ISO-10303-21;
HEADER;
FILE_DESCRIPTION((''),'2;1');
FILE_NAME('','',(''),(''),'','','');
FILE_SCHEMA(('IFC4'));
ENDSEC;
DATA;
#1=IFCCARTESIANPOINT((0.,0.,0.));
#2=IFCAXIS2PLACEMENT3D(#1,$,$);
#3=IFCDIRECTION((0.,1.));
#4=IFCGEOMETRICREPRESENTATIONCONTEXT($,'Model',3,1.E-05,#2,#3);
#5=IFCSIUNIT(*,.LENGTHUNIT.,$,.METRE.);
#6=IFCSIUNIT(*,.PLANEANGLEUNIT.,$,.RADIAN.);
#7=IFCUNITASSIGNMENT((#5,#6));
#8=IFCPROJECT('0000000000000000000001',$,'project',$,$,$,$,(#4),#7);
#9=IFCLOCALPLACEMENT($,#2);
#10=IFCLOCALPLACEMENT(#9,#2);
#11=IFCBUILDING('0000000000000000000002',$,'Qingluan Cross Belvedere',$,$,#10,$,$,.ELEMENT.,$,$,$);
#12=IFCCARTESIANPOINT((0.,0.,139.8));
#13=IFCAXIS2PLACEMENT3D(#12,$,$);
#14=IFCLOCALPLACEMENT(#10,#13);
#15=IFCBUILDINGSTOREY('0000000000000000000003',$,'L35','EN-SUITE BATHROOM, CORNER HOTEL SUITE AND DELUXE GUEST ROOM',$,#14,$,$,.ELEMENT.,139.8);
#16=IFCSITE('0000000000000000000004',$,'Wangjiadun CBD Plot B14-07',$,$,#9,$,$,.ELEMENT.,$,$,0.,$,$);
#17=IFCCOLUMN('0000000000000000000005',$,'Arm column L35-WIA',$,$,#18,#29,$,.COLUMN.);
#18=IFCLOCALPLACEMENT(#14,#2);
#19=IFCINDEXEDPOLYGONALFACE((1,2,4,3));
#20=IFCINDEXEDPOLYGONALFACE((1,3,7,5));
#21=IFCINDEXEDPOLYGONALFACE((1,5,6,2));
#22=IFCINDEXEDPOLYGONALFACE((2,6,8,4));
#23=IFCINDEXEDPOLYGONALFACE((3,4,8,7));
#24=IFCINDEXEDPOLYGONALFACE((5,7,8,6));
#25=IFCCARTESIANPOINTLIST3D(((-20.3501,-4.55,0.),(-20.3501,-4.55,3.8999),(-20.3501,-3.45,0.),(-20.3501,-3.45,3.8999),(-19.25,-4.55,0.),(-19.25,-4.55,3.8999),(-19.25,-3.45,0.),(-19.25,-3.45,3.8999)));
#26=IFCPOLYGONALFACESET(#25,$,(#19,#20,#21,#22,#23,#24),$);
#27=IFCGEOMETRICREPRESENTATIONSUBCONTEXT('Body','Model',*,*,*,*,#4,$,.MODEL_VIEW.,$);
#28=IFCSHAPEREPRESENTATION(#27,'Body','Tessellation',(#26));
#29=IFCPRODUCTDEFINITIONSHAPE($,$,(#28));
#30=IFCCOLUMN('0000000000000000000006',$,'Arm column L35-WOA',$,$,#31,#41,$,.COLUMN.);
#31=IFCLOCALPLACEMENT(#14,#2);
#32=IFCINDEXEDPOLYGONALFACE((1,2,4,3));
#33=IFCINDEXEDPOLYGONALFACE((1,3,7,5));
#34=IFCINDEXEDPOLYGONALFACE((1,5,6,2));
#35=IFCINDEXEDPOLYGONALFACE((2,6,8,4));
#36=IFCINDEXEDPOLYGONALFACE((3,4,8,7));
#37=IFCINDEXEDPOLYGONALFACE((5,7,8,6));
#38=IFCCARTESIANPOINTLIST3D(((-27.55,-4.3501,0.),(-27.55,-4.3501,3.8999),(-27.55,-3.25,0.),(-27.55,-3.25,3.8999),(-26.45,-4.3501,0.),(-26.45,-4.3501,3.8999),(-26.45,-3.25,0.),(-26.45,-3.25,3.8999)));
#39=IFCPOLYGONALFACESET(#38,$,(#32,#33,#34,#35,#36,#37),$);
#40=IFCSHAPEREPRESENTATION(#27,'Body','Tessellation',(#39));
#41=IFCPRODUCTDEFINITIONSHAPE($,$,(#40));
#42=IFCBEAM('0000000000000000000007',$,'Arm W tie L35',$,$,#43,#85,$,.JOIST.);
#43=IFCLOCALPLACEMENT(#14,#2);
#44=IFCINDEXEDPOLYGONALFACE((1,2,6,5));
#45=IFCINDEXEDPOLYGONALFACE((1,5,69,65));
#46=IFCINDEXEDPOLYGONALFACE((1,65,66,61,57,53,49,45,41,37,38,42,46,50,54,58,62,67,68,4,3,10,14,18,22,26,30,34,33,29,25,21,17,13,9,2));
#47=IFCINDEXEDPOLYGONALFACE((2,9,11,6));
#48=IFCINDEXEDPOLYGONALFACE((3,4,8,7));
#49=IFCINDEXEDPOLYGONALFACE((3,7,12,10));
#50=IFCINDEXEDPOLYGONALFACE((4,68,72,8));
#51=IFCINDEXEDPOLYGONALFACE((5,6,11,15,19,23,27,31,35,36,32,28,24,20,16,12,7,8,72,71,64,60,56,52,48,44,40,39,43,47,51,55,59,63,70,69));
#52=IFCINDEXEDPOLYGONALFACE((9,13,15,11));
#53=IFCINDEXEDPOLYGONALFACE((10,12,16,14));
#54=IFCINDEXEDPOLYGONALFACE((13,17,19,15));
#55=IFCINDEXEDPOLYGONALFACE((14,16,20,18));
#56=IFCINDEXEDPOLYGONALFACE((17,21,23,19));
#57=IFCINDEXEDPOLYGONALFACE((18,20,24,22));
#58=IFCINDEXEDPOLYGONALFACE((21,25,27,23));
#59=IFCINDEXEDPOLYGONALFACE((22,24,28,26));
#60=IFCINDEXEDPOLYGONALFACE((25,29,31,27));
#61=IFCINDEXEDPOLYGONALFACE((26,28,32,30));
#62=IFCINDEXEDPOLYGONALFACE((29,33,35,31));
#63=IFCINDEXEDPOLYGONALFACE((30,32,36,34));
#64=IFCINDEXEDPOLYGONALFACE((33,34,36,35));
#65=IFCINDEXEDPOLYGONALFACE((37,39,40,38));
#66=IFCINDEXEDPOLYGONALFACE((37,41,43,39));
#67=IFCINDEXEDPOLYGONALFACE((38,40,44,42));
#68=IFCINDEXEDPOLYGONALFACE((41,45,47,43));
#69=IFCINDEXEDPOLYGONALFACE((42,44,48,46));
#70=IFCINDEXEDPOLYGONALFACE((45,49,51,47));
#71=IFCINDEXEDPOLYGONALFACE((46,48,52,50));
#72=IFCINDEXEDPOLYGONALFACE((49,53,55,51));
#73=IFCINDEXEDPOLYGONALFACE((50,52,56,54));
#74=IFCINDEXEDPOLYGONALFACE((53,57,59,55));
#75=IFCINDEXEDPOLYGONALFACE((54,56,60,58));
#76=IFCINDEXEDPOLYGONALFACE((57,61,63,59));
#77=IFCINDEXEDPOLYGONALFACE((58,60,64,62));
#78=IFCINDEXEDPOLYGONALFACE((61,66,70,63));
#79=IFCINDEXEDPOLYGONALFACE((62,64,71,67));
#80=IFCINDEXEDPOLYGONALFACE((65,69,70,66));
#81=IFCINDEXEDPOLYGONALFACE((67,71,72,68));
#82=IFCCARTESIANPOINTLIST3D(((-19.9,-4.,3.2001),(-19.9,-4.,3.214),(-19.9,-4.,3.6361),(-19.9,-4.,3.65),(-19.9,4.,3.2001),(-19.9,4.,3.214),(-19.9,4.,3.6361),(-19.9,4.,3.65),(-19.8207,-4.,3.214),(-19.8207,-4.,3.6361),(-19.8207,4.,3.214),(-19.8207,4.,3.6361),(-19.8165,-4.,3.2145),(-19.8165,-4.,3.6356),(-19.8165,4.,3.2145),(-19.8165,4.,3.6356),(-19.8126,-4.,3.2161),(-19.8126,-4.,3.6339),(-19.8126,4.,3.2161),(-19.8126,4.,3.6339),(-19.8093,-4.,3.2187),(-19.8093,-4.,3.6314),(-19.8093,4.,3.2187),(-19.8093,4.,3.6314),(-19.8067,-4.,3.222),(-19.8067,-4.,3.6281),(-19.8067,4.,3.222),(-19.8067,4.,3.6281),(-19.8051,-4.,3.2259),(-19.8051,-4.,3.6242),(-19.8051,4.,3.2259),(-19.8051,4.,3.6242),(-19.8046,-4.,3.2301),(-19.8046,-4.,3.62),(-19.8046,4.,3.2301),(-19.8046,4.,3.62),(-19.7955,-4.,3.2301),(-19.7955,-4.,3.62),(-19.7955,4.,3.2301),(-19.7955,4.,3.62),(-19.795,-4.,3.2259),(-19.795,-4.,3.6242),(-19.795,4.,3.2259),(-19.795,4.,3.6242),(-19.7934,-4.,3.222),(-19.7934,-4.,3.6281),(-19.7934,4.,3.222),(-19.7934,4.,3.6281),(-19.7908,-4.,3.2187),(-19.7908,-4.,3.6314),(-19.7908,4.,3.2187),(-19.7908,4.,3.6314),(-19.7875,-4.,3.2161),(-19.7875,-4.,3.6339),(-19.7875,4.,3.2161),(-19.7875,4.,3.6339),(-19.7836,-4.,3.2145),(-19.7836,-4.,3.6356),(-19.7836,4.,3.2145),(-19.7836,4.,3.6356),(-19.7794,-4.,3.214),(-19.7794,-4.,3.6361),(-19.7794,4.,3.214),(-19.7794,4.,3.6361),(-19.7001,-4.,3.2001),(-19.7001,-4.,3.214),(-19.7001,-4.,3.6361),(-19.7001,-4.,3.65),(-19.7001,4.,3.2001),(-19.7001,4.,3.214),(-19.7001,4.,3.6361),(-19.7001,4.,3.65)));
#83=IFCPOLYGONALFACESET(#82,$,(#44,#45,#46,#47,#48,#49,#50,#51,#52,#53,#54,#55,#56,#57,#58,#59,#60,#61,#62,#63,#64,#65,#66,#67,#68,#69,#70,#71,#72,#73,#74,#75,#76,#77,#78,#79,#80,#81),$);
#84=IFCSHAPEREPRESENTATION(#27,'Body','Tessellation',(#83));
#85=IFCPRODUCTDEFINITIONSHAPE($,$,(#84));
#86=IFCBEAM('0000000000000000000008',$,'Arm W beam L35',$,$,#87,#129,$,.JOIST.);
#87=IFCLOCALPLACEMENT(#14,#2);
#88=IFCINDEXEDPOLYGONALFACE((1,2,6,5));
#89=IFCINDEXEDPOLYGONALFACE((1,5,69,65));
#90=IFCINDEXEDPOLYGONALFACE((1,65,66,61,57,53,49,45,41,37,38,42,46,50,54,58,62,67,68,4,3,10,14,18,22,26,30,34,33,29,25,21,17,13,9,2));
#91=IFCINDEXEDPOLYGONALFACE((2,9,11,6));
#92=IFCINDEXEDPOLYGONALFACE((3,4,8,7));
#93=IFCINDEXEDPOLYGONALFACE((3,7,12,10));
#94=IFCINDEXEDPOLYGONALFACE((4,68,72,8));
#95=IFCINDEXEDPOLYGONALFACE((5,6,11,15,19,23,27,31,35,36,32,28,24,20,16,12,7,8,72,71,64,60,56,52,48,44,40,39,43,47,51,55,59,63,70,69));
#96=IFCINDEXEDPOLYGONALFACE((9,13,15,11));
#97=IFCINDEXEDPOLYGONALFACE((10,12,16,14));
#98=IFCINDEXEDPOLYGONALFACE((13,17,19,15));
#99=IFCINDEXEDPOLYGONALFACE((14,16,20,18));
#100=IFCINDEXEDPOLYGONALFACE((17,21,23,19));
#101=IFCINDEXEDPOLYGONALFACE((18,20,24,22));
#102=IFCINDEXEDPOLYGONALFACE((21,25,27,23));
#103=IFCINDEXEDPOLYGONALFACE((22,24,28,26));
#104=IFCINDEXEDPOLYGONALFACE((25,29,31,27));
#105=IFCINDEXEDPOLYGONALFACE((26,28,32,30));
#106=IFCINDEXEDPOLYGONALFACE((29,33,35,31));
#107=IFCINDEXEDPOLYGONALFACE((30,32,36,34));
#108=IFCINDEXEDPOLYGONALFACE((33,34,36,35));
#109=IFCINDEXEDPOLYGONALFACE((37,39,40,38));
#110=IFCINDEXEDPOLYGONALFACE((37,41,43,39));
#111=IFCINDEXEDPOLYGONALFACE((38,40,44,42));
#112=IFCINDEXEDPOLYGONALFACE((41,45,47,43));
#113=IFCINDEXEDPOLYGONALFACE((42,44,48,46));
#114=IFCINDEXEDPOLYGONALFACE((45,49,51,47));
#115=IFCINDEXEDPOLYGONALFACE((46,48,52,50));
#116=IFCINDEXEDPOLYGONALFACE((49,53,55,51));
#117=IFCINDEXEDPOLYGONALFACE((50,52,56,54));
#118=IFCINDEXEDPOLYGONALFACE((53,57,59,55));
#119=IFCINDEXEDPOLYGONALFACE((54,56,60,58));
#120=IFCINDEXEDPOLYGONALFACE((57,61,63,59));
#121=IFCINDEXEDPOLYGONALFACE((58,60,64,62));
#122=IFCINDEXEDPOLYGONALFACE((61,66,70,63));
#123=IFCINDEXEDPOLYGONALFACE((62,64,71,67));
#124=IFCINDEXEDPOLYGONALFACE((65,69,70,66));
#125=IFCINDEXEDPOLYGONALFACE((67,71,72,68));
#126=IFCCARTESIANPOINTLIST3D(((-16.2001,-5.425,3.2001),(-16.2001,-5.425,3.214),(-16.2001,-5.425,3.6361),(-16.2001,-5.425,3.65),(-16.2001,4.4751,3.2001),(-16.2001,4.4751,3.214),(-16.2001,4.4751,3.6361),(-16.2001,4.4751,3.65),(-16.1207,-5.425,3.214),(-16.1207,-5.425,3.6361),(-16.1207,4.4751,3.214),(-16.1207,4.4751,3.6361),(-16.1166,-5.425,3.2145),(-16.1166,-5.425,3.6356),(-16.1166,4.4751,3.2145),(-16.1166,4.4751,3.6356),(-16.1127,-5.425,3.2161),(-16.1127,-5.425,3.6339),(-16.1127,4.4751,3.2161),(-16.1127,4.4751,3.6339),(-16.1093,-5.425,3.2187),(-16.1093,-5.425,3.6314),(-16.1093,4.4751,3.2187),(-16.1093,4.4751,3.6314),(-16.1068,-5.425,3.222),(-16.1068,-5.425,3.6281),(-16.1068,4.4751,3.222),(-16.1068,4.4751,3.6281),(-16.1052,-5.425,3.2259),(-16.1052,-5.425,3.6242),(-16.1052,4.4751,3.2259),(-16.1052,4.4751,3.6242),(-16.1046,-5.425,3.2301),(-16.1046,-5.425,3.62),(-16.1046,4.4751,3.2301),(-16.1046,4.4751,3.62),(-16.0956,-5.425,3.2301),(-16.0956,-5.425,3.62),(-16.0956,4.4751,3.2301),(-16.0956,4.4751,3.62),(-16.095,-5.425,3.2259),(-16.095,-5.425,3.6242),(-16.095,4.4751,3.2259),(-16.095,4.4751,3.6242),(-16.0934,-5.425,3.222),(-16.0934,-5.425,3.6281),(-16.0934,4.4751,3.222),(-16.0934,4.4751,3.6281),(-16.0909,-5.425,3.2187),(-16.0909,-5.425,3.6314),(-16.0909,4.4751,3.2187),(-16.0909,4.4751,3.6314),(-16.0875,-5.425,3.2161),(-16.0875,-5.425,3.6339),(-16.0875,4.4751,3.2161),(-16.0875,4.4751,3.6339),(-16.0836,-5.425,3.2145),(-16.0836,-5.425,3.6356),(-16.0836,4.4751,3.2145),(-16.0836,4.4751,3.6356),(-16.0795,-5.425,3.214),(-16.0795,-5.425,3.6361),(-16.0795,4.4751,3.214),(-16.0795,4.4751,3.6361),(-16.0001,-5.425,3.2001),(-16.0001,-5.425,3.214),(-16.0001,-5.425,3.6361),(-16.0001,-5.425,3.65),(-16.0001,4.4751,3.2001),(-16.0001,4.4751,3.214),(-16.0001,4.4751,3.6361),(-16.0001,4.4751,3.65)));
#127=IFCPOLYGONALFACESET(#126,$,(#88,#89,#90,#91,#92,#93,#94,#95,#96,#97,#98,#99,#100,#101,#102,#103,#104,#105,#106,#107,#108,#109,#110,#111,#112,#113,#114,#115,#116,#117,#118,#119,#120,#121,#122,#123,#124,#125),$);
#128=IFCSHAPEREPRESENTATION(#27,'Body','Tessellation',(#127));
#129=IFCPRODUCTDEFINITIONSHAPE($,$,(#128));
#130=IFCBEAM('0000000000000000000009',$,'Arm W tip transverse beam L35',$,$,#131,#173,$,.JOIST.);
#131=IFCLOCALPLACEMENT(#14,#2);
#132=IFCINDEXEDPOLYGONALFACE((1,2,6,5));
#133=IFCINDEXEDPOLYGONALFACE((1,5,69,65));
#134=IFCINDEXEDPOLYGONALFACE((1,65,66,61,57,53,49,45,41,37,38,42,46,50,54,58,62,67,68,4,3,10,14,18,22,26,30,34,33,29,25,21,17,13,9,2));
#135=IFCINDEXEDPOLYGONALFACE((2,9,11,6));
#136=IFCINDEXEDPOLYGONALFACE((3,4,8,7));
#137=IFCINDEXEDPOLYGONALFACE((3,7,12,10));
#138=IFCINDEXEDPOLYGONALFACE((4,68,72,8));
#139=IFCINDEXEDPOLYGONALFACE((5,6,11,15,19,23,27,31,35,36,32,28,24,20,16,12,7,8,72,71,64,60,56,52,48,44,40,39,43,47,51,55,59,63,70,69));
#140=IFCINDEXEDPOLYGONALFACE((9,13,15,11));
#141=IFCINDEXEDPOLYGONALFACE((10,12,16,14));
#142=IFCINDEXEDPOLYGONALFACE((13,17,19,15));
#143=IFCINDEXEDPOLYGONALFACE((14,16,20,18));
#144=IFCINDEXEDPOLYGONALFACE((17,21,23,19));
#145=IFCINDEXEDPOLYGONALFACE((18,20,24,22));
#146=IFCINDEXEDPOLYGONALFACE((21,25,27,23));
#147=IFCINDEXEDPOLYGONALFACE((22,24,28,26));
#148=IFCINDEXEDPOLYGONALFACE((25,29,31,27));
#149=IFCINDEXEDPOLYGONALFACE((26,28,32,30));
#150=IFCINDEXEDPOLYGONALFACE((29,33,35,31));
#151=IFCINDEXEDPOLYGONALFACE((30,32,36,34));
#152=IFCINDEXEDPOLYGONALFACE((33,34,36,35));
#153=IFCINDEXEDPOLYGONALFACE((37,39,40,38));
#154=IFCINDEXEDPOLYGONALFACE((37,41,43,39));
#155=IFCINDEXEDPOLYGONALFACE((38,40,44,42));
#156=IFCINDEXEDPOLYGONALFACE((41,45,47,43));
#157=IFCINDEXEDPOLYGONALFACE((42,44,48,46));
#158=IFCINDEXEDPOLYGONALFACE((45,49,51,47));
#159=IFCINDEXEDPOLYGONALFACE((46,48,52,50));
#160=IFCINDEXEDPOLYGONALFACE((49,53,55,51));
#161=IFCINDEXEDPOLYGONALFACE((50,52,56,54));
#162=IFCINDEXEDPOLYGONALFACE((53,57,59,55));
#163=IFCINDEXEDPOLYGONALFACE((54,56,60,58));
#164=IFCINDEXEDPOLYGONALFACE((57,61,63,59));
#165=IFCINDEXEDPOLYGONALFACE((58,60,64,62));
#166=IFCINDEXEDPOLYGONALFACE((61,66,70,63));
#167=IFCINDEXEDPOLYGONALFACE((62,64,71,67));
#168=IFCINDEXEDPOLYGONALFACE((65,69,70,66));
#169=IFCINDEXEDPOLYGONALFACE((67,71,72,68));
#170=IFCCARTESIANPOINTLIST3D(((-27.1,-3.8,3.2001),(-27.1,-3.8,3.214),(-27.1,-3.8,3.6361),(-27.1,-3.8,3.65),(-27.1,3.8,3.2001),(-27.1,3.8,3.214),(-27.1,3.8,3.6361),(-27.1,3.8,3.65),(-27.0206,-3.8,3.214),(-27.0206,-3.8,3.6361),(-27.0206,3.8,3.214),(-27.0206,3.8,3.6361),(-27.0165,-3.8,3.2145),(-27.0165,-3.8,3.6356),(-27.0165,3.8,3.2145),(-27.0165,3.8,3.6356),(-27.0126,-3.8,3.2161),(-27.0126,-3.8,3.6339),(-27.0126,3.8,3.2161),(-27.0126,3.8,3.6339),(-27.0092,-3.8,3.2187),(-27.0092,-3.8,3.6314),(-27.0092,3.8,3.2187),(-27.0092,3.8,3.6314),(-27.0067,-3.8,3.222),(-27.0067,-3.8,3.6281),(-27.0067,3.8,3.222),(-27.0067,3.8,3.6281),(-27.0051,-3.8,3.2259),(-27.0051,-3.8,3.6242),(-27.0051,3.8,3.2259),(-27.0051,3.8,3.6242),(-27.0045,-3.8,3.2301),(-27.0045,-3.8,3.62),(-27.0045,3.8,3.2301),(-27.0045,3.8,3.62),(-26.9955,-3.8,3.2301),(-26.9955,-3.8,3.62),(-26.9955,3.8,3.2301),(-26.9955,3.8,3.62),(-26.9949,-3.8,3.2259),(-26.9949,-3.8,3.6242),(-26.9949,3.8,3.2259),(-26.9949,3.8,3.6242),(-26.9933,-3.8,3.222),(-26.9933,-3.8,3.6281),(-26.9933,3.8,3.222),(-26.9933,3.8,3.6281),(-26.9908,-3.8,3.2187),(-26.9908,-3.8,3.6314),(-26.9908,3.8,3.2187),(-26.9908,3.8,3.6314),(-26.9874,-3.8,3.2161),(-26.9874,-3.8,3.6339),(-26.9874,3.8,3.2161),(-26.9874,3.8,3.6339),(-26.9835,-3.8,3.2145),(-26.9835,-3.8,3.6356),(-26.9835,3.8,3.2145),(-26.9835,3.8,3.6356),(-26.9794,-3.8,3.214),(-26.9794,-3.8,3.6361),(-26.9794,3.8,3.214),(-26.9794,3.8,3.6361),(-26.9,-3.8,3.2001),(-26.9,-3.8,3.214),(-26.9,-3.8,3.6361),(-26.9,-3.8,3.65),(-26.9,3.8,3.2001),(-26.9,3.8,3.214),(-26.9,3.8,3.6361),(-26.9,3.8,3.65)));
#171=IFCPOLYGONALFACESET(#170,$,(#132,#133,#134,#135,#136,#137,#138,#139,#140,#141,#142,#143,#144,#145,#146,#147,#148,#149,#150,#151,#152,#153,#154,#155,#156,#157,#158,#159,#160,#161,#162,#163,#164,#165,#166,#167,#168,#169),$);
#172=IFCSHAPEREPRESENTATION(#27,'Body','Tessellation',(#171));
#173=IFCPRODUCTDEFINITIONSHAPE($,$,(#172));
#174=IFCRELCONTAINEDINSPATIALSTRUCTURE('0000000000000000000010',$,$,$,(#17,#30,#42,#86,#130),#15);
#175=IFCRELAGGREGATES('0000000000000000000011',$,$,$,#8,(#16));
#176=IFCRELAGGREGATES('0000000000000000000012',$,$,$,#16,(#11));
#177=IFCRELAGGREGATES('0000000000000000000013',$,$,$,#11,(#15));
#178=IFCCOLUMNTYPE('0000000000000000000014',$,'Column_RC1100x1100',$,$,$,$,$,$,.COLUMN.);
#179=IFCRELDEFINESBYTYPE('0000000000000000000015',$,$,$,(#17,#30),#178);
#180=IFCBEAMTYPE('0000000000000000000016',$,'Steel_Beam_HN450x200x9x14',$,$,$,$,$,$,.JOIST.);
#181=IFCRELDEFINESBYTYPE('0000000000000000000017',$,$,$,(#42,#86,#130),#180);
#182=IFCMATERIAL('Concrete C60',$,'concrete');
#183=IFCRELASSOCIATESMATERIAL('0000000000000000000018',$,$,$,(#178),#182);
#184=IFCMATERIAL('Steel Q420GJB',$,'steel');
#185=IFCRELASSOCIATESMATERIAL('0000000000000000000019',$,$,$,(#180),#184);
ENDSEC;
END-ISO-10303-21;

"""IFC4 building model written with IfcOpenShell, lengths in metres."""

from ifc_helpers import new_model, si_unit, direction, frame, origin, origin_2d, place, context, subcontext, project, spatial, rectangle, i_section, extrude, material, material_profile, profile_set, type_object, element, save


model = new_model("IFC4")

# Units and contexts
model_context = context("Model", 3, precision=1e-05, world=origin(), true_north=direction((0.0, 1.0)))
body_context = subcontext(model_context, "Body", "Model", "MODEL_VIEW")
ifc_project = project(units=[si_unit("LENGTHUNIT", "METRE"), si_unit("PLANEANGLEUNIT", "RADIAN")], contexts=[model_context])

# Site, building, storey
site_placement = place(None, origin())
site = spatial("IfcSite", under=ifc_project, at=site_placement, Name="Wangjiadun CBD Plot B14-07", CompositionType="ELEMENT", RefElevation=0.0)
building_placement = place(site_placement, origin())
building = spatial("IfcBuilding", under=site, at=building_placement, Name="Qingluan Cross Belvedere", CompositionType="ELEMENT")
storey_placement = place(building_placement, frame((0.0, 0.0, 139.8)))
storey = spatial("IfcBuildingStorey", under=building, at=storey_placement, Name="L35", Description="EN-SUITE BATHROOM, CORNER HOTEL SUITE AND DELUXE GUEST ROOM", CompositionType="ELEMENT", Elevation=139.8)

# Columns
ifc_material_1 = material(Name="Concrete C60", Category="concrete")
ifc_material_profile_1 = material_profile(ifc_material_1, rectangle(XDim=1.1001, YDim=1.1001, at=origin_2d()), Name="RC1100x1100")
ifc_profile_set_1 = profile_set([ifc_material_profile_1], Name="Concrete C60")
column_type = type_object("IfcColumnType", Name="Column_RC1100x1100", PredefinedType="COLUMN", material=ifc_profile_set_1)
for number, where, z_axis, x_axis, name in (
    (1, (-19.8, -4.0, 0.0), (0.0, 0.0, 1.0), (1.0, 0.0, 0.0), "Arm column L35-WIA"),
    (2, (-27.0, -3.8, 0.0), (0.0, 0.0, 1.0), (1.0, 0.0, 0.0), "Arm column L35-WOA"),
):
    element("IfcColumn", number, at=place(storey_placement, frame(where, z_axis=z_axis, x_axis=x_axis)), inside=storey, type_object=column_type, Name=name, PredefinedType="COLUMN", context=body_context, shape_type="SweptSolid", body=[
        extrude(rectangle(XDim=1.1001, YDim=1.1001, at=origin_2d()), origin(), (0.0, 0.0, 1.0), 3.8999),
    ])

# Beams
ifc_material_2 = material(Name="Steel Q420GJB", Category="steel")
ifc_material_profile_2 = material_profile(ifc_material_2, i_section(OverallWidth=0.2, OverallDepth=0.45, WebThickness=0.009, FlangeThickness=0.0139, FilletRadius=0.0161, at=origin_2d()), Name="HN450x200x9x14")
ifc_profile_set_2 = profile_set([ifc_material_profile_2], Name="Steel Q420GJB")
beam_type_1 = type_object("IfcBeamType", Name="Steel_Beam_HN450x200x9x14", PredefinedType="JOIST", material=ifc_profile_set_2)
beam_1_placement = place(storey_placement, frame((-19.8, -4.0, 3.425), z_axis=(0.0, 1.0, 0.0), x_axis=(-1.0, 0.0, 0.0)))
element("IfcBeam", 3, at=beam_1_placement, inside=storey, type_object=beam_type_1, Name="Arm W tie L35", PredefinedType="JOIST", context=body_context, shape_type="SweptSolid", body=[
    extrude(i_section(OverallWidth=0.2, OverallDepth=0.45, WebThickness=0.009, FlangeThickness=0.0139, FilletRadius=0.0161, at=origin_2d()), origin(), (0.0, 0.0, 1.0), 8.0),
])
beam_2_placement = place(storey_placement, frame((-16.1001, -5.425, 3.425), z_axis=(0.0, 1.0, 0.0), x_axis=(-1.0, 0.0, 0.0)))
element("IfcBeam", 4, at=beam_2_placement, inside=storey, type_object=beam_type_1, Name="Arm W beam L35", PredefinedType="JOIST", context=body_context, shape_type="SweptSolid", body=[
    extrude(i_section(OverallWidth=0.2, OverallDepth=0.45, WebThickness=0.009, FlangeThickness=0.0139, FilletRadius=0.0161, at=origin_2d()), origin(), (0.0, 0.0, 1.0), 9.9001),
])
beam_3_placement = place(storey_placement, frame((-27.0, -3.8, 3.425), z_axis=(0.0, 1.0, 0.0), x_axis=(-1.0, 0.0, 0.0)))
element("IfcBeam", 5, at=beam_3_placement, inside=storey, type_object=beam_type_1, Name="Arm W tip transverse beam L35", PredefinedType="JOIST", context=body_context, shape_type="SweptSolid", body=[
    extrude(i_section(OverallWidth=0.2, OverallDepth=0.45, WebThickness=0.009, FlangeThickness=0.0139, FilletRadius=0.0161, at=origin_2d()), origin(), (0.0, 0.0, 1.0), 7.6001),
])

save(model, "model.ifc")
